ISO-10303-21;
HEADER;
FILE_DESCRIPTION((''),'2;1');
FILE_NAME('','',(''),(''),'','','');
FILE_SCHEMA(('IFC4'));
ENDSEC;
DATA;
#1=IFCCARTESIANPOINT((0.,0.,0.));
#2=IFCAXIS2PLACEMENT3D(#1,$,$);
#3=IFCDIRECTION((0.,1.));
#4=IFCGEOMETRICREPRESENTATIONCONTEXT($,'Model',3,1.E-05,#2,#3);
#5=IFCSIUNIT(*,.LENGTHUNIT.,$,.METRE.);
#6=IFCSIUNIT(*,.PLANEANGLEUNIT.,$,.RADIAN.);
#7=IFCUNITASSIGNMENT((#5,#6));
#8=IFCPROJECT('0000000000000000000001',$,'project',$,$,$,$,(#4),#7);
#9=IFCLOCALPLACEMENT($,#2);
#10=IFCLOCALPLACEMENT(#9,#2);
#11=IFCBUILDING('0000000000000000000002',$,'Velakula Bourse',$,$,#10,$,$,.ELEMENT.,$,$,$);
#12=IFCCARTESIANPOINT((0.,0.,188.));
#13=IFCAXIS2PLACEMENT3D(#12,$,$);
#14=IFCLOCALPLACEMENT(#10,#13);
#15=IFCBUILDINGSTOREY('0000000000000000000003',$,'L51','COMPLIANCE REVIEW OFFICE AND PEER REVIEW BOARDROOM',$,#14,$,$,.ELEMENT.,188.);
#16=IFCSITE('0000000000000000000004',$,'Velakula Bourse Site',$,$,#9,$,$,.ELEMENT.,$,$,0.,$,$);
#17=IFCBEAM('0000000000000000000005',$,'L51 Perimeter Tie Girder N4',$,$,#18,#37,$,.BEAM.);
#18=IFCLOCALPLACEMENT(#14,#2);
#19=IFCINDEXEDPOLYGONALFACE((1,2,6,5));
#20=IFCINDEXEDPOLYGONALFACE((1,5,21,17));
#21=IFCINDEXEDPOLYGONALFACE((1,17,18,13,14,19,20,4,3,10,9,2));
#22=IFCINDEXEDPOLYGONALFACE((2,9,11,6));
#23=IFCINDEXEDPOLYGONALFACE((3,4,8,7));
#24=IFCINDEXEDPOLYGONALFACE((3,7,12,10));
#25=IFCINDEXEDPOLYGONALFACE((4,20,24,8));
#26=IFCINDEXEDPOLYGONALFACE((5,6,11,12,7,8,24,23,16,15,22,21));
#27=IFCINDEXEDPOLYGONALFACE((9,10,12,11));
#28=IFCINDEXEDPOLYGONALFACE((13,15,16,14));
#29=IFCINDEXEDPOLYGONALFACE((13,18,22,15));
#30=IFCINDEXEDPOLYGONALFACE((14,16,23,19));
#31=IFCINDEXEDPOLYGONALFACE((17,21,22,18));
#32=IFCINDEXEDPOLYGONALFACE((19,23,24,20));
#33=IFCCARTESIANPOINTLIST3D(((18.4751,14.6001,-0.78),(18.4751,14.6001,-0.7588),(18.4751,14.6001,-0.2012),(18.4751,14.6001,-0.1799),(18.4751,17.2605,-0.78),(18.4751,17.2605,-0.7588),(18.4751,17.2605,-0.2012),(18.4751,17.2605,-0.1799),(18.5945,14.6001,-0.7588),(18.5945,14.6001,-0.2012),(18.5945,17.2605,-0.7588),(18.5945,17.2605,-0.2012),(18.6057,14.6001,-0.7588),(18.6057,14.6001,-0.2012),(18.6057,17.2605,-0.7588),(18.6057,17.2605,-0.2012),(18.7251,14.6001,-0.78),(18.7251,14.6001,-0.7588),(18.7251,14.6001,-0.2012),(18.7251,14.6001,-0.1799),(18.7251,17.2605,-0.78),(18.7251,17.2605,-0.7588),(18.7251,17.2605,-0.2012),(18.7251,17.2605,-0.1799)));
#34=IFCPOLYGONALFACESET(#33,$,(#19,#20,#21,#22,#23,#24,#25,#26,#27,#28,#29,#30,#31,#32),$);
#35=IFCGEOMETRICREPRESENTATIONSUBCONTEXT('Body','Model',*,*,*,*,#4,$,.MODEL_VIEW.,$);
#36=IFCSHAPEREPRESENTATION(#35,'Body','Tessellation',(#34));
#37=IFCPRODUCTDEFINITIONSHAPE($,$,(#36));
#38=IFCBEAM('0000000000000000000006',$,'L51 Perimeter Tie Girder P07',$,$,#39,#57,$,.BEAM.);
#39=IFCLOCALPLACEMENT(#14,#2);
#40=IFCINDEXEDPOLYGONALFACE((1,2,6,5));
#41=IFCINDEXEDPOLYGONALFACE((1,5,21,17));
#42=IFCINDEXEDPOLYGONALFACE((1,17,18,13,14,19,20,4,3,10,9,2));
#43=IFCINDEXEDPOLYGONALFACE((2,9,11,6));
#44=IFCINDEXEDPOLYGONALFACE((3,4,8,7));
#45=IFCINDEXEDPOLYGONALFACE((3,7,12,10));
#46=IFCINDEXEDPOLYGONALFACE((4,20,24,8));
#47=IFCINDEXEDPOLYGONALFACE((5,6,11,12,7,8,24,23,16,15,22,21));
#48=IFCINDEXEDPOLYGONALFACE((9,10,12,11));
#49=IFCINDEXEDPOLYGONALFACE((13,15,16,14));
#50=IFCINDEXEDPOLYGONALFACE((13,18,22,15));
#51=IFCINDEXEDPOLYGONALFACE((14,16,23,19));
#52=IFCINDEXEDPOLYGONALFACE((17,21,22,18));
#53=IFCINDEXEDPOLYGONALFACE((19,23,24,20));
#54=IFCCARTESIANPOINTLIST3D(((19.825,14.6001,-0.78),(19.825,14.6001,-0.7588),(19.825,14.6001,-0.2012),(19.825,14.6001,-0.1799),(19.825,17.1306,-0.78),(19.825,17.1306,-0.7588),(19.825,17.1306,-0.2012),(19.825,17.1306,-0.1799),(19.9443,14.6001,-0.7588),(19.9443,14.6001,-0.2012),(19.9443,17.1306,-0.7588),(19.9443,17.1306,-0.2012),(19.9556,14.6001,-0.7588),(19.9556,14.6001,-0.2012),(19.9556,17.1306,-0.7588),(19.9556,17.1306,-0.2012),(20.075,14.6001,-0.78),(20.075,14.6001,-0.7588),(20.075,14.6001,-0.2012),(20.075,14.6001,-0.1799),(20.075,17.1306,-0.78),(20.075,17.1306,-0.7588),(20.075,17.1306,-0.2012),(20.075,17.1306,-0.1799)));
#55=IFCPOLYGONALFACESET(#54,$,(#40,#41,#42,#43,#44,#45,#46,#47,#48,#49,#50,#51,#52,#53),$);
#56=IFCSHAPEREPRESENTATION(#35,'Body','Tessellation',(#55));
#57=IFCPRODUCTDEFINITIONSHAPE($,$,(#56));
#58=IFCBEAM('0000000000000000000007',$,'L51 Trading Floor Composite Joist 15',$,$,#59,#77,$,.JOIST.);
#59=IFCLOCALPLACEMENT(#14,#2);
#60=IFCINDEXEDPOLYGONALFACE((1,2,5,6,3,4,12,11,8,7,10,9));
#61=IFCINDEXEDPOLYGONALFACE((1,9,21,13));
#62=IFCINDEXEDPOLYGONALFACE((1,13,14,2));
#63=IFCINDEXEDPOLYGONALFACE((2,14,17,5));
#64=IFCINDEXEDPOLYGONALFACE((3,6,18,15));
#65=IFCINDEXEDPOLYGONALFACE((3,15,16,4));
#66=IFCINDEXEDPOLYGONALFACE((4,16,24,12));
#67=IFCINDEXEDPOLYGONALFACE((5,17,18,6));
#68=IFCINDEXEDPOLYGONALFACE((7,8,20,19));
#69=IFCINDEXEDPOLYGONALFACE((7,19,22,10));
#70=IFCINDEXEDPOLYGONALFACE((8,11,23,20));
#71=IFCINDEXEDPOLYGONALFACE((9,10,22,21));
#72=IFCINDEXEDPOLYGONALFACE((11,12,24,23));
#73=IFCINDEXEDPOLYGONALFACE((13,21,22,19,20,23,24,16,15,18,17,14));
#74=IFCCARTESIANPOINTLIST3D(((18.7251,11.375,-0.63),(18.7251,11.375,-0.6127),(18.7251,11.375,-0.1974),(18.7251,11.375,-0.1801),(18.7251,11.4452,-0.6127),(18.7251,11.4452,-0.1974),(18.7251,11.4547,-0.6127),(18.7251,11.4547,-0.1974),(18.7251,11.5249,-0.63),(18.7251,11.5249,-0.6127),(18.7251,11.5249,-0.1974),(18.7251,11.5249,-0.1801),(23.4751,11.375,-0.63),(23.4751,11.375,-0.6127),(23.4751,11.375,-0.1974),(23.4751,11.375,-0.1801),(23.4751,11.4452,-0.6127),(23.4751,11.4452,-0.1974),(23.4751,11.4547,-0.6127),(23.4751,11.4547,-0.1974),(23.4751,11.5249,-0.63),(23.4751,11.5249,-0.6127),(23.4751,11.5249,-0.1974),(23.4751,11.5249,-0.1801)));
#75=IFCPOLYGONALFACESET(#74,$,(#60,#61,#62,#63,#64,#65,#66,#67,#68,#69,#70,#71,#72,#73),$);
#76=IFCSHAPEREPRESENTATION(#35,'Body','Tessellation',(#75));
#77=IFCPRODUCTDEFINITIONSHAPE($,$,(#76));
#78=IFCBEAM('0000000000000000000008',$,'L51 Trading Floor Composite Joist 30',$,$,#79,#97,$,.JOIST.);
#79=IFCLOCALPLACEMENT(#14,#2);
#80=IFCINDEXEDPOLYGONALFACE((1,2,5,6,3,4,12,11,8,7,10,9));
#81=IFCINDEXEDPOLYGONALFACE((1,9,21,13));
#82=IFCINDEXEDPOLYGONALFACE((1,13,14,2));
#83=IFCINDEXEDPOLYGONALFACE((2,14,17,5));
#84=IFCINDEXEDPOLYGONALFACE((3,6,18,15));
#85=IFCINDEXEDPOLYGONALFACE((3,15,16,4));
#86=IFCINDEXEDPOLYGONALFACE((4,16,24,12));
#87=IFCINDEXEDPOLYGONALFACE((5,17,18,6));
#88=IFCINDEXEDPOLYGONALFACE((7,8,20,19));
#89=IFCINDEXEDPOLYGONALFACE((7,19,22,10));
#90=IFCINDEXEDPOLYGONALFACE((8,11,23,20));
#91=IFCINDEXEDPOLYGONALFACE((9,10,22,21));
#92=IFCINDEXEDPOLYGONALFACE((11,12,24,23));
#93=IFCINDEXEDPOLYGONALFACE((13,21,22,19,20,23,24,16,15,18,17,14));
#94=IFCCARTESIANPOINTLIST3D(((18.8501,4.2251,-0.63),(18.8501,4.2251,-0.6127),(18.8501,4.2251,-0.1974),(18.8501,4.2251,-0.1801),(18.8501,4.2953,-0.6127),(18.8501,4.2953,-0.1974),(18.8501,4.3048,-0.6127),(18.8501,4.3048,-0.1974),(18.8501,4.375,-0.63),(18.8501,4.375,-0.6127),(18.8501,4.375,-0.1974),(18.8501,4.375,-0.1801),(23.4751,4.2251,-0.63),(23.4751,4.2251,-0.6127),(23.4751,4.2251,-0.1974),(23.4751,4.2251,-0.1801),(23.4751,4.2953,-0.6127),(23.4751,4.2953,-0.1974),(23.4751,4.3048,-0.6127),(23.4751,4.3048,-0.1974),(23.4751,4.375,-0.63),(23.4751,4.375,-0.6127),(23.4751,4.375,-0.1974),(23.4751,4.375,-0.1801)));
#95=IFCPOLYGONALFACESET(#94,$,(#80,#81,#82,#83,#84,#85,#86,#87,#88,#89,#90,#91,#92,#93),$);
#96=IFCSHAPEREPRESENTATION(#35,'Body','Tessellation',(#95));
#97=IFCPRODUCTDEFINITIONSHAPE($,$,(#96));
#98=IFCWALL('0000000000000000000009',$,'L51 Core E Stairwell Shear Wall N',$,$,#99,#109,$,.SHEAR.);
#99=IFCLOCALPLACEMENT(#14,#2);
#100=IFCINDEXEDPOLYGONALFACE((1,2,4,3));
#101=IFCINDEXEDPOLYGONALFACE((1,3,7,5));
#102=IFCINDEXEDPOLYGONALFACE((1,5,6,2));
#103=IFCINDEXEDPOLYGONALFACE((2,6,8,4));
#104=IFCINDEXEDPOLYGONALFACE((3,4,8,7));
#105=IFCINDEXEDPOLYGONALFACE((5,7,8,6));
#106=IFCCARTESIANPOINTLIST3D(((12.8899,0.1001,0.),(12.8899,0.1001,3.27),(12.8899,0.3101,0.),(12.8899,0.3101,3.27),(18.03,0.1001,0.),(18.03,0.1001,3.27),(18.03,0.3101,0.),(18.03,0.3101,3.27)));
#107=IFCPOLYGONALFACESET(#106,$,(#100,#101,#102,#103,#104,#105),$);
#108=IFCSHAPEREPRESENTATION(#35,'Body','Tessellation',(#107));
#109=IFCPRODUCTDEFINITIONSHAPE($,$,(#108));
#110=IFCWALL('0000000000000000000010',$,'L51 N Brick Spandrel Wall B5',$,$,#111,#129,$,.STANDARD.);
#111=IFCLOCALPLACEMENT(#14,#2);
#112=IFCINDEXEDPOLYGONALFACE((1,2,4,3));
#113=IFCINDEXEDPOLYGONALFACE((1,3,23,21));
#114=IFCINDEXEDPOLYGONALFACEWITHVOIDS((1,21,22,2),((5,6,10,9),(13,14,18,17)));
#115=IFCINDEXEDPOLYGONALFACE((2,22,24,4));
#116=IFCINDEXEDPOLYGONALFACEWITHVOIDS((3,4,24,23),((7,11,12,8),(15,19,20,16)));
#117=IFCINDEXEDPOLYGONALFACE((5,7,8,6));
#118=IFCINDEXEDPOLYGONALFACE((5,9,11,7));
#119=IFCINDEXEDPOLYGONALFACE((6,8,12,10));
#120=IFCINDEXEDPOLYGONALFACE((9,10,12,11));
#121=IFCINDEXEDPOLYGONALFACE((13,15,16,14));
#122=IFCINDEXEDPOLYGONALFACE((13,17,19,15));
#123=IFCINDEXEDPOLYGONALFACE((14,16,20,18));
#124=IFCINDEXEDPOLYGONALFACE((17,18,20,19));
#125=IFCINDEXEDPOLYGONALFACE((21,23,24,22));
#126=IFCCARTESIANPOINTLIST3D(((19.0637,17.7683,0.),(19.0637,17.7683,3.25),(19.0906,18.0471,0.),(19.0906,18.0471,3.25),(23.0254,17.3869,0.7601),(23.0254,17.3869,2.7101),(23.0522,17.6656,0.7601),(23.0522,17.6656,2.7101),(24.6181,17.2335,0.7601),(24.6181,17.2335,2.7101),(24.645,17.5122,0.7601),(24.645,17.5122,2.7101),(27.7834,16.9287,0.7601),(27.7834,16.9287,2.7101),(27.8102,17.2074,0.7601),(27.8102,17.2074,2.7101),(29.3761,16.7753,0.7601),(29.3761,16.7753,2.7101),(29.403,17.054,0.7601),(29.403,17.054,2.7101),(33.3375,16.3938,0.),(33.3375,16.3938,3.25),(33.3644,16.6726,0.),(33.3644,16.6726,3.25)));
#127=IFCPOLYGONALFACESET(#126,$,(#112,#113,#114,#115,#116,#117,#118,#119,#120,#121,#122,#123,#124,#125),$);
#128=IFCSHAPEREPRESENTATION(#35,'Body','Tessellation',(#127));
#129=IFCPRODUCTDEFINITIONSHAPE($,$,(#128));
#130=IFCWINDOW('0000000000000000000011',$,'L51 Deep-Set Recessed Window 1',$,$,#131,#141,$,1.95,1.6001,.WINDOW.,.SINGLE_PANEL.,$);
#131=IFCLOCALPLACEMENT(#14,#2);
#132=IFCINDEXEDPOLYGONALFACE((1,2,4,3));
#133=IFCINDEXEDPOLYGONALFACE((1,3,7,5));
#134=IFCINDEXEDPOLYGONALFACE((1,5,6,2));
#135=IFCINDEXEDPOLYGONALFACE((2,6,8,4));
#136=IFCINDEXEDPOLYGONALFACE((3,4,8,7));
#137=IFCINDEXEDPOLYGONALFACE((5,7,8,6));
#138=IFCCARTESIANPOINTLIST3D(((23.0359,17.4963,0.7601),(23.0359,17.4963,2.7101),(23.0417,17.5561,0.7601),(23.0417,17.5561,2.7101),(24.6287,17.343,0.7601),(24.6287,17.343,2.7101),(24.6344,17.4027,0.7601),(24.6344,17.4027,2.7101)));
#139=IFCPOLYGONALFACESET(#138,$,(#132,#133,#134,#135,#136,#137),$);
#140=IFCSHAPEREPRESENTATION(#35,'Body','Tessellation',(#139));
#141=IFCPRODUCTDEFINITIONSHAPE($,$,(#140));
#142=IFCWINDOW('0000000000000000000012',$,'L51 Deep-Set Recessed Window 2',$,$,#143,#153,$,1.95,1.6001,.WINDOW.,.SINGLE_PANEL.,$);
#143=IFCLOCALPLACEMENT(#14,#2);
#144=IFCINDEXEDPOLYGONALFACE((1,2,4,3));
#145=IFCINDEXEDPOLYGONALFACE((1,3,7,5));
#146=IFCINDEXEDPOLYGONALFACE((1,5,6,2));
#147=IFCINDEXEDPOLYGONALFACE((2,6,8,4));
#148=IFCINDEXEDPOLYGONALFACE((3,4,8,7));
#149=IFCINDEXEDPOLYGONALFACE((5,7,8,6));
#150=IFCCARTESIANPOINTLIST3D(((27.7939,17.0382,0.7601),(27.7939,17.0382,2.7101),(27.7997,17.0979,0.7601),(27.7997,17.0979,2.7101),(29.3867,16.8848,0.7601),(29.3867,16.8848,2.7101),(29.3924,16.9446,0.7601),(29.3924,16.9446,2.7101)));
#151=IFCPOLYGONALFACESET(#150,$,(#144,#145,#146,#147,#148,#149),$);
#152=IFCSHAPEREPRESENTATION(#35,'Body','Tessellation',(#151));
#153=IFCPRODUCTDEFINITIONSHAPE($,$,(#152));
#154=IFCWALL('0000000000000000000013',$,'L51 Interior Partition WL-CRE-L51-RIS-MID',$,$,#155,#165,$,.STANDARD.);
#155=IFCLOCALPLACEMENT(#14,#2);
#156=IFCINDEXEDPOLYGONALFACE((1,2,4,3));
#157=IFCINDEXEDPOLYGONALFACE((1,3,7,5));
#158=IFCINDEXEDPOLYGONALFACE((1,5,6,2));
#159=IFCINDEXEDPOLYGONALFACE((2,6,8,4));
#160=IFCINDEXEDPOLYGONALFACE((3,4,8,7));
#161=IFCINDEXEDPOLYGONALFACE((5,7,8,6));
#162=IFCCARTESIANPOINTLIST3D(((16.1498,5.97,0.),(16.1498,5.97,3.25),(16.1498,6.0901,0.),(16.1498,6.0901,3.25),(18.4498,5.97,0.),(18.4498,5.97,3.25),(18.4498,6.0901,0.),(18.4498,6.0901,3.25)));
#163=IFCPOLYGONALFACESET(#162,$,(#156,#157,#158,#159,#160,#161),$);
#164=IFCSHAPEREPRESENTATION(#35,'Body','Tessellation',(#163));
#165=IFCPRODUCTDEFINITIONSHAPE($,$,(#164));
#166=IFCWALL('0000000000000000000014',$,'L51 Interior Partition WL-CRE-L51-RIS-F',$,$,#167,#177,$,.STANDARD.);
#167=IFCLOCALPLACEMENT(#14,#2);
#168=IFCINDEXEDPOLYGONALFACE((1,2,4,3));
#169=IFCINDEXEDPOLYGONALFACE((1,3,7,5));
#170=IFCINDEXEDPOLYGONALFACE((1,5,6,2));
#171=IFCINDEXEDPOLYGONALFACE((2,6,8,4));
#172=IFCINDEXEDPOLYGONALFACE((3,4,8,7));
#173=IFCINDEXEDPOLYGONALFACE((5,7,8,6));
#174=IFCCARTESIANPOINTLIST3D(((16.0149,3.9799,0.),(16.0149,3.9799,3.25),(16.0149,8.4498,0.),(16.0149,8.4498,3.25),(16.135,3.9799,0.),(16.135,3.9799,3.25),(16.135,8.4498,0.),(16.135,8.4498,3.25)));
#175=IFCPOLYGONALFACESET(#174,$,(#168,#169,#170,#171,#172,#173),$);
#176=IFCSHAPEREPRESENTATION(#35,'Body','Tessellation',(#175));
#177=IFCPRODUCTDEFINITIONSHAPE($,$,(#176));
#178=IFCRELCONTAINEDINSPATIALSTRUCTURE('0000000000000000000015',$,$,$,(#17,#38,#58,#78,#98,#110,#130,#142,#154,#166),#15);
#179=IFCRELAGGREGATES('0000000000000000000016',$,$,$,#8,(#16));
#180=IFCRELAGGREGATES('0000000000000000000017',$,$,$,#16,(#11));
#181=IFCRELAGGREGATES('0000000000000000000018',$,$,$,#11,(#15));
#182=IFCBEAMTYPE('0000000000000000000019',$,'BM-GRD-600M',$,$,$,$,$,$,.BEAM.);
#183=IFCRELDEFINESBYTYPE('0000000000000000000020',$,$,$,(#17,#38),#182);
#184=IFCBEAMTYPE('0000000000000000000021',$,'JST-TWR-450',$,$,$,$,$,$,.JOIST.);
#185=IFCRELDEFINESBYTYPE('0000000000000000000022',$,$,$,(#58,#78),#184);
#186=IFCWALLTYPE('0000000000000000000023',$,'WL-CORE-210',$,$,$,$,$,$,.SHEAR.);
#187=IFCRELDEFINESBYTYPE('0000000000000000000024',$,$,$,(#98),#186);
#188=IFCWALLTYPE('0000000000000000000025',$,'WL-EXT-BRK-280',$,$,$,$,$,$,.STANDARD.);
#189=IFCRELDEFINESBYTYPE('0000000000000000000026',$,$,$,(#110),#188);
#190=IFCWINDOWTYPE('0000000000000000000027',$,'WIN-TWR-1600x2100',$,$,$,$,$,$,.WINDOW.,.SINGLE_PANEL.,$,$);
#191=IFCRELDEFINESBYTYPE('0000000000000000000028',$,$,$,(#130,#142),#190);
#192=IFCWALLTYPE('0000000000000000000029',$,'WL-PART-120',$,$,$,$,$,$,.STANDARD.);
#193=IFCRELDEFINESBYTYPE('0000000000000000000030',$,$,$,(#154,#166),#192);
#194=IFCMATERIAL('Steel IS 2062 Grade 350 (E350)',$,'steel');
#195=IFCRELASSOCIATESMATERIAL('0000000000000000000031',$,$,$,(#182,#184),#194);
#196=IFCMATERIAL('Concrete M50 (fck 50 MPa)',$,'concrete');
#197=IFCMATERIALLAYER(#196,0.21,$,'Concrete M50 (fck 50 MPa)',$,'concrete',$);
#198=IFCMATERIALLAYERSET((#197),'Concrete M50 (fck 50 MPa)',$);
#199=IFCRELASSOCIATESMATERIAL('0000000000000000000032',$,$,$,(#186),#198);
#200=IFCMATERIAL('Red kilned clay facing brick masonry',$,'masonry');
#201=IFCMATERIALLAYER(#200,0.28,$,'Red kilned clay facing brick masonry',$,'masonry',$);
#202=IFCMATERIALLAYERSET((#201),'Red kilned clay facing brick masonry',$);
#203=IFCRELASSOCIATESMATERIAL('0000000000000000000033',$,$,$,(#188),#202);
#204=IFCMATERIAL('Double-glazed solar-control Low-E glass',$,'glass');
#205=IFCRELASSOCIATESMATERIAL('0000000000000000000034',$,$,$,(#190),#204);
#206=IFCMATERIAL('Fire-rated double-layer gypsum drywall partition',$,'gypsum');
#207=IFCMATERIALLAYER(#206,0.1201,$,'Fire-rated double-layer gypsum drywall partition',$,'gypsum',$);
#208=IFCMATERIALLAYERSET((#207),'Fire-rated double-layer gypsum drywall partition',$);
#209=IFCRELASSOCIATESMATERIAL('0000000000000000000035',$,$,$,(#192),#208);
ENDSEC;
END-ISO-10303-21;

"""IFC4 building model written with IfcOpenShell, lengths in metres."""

from ifc_helpers import new_model, si_unit, direction, frame, frame_2d, origin, origin_2d, place, context, subcontext, project, spatial, rectangle, i_section, extrude, material, layer, layer_set, material_profile, profile_set, type_object, element, fill, save


model = new_model("IFC4")

# Units and contexts
model_context = context("Model", 3, precision=1e-05, world=origin(), true_north=direction((0.0, 1.0)))
body_context = subcontext(model_context, "Body", "Model", "MODEL_VIEW")
ifc_project = project(units=[si_unit("LENGTHUNIT", "METRE"), si_unit("PLANEANGLEUNIT", "RADIAN")], contexts=[model_context])

# Site, building, storey
site_placement = place(None, origin())
site = spatial("IfcSite", under=ifc_project, at=site_placement, Name="Velakula Bourse Site", CompositionType="ELEMENT", RefElevation=0.0)
building_placement = place(site_placement, origin())
building = spatial("IfcBuilding", under=site, at=building_placement, Name="Velakula Bourse", CompositionType="ELEMENT")
storey_placement = place(building_placement, frame((0.0, 0.0, 188.0)))
storey = spatial("IfcBuildingStorey", under=building, at=storey_placement, Name="L51", Description="COMPLIANCE REVIEW OFFICE AND PEER REVIEW BOARDROOM", CompositionType="ELEMENT", Elevation=188.0)

# Shared definitions
ifc_material_1 = material(Name="Steel IS 2062 Grade 350 (E350)", Category="steel")

# Beams
ifc_material_profile_1 = material_profile(ifc_material_1, i_section(OverallWidth=0.25, OverallDepth=0.6001, WebThickness=0.0112, FlangeThickness=0.0212, at=origin_2d()), Name="Steel IS 2062 Grade 350 (E350)")
ifc_profile_set_1 = profile_set([ifc_material_profile_1], Name="Steel IS 2062 Grade 350 (E350)")
beam_type_1 = type_object("IfcBeamType", Name="BM-GRD-600M", PredefinedType="BEAM", material=ifc_profile_set_1)
beam_1_placement = place(storey_placement, frame((18.6001, 14.6001, -0.48), z_axis=(0.0, 1.0, 0.0), x_axis=(-1.0, 0.0, 0.0)))
element("IfcBeam", 1, at=beam_1_placement, inside=storey, type_object=beam_type_1, Name="L51 Perimeter Tie Girder N4", PredefinedType="BEAM", context=body_context, shape_type="SweptSolid", body=[
    extrude(i_section(OverallWidth=0.25, OverallDepth=0.6001, WebThickness=0.0112, FlangeThickness=0.0212, at=origin_2d()), origin(), (0.0, 0.0, 1.0), 2.6604),
])
beam_2_placement = place(storey_placement, frame((19.95, 14.6001, -0.48), z_axis=(0.0, 1.0, 0.0), x_axis=(-1.0, 0.0, 0.0)))
element("IfcBeam", 2, at=beam_2_placement, inside=storey, type_object=beam_type_1, Name="L51 Perimeter Tie Girder P07", PredefinedType="BEAM", context=body_context, shape_type="SweptSolid", body=[
    extrude(i_section(OverallWidth=0.25, OverallDepth=0.6001, WebThickness=0.0112, FlangeThickness=0.0212, at=origin_2d()), origin(), (0.0, 0.0, 1.0), 2.5305),
])
ifc_material_profile_2 = material_profile(ifc_material_1, i_section(OverallWidth=0.1499, OverallDepth=0.45, WebThickness=0.0095, FlangeThickness=0.0173, at=origin_2d()), Name="Steel IS 2062 Grade 350 (E350)")
ifc_profile_set_2 = profile_set([ifc_material_profile_2], Name="Steel IS 2062 Grade 350 (E350)")
beam_type_2 = type_object("IfcBeamType", Name="JST-TWR-450", PredefinedType="JOIST", material=ifc_profile_set_2)
beam_3_placement = place(storey_placement, frame((18.7251, 11.45, -0.405), z_axis=(1.0, 0.0, 0.0), x_axis=(0.0, 1.0, 0.0)))
element("IfcBeam", 3, at=beam_3_placement, inside=storey, type_object=beam_type_2, Name="L51 Trading Floor Composite Joist 15", PredefinedType="JOIST", context=body_context, shape_type="SweptSolid", body=[
    extrude(i_section(OverallWidth=0.1499, OverallDepth=0.45, WebThickness=0.0095, FlangeThickness=0.0173, at=origin_2d()), origin(), (0.0, 0.0, 1.0), 4.75),
])
beam_4_placement = place(storey_placement, frame((18.8501, 4.3, -0.405), z_axis=(1.0, 0.0, 0.0), x_axis=(0.0, 1.0, 0.0)))
element("IfcBeam", 4, at=beam_4_placement, inside=storey, type_object=beam_type_2, Name="L51 Trading Floor Composite Joist 30", PredefinedType="JOIST", context=body_context, shape_type="SweptSolid", body=[
    extrude(i_section(OverallWidth=0.1499, OverallDepth=0.45, WebThickness=0.0095, FlangeThickness=0.0173, at=origin_2d()), origin(), (0.0, 0.0, 1.0), 4.625),
])

# Wall
ifc_material_2 = material(Name="Concrete M50 (fck 50 MPa)", Category="concrete")
ifc_layer_1 = layer(ifc_material_2, 0.21, Name="Concrete M50 (fck 50 MPa)", Category="concrete")
ifc_layer_set_1 = layer_set([ifc_layer_1], Name="Concrete M50 (fck 50 MPa)")
wall_type_1 = type_object("IfcWallType", Name="WL-CORE-210", PredefinedType="SHEAR", material=ifc_layer_set_1)
wall_1_placement = place(storey_placement, frame((18.03, 0.2051, 0.0), z_axis=(0.0, 0.0, 1.0), x_axis=(-1.0, 0.0, 0.0)))
element("IfcWall", 5, at=wall_1_placement, inside=storey, type_object=wall_type_1, Name="L51 Core E Stairwell Shear Wall N", PredefinedType="SHEAR", context=body_context, shape_type="SweptSolid", body=[
    extrude(rectangle(XDim=5.1401, YDim=0.21, at=frame_2d((2.5701, 0.0))), origin(), (0.0, 0.0, 1.0), 3.27),
])

# Wall, openings, windows
ifc_material_3 = material(Name="Red kilned clay facing brick masonry", Category="masonry")
ifc_layer_2 = layer(ifc_material_3, 0.28, Name="Red kilned clay facing brick masonry", Category="masonry")
ifc_layer_set_2 = layer_set([ifc_layer_2], Name="Red kilned clay facing brick masonry")
wall_type_2 = type_object("IfcWallType", Name="WL-EXT-BRK-280", PredefinedType="STANDARD", material=ifc_layer_set_2)
wall_2_placement = place(storey_placement, frame((19.0771, 17.9077, 0.0), z_axis=(0.0, 0.0, 1.0), x_axis=(0.995396, -0.095852, 0.0)))
wall_2 = element("IfcWall", 6, at=wall_2_placement, inside=storey, type_object=wall_type_2, Name="L51 N Brick Spandrel Wall B5", PredefinedType="STANDARD", context=body_context, shape_type="SweptSolid", body=[
    extrude(rectangle(XDim=14.3398, YDim=0.28, at=frame_2d((7.1699, 0.0))), origin(), (0.0, 0.0, 1.0), 3.25),
])
opening_1_placement = place(wall_2_placement, frame((3.98, 0.0, 0.76)))
opening_1 = element("IfcOpeningElement", 7, at=opening_1_placement, cuts=wall_2, PredefinedType="OPENING", context=body_context, shape_type="SweptSolid", body=[
    extrude(rectangle(XDim=1.6001, YDim=1.95, at=frame_2d((0.8, 0.9751))), frame((0.0, 0.1499, 0.0), z_axis=(0.0, -1.0, 0.0), x_axis=(1.0, 0.0, 0.0)), (0.0, 0.0, 1.0), 0.3),
])
opening_2_placement = place(wall_2_placement, frame((8.76, 0.0, 0.76)))
opening_2 = element("IfcOpeningElement", 8, at=opening_2_placement, cuts=wall_2, PredefinedType="OPENING", context=body_context, shape_type="SweptSolid", body=[
    extrude(rectangle(XDim=1.6001, YDim=1.95, at=frame_2d((0.8, 0.9751))), frame((0.0, 0.1499, 0.0), z_axis=(0.0, -1.0, 0.0), x_axis=(1.0, 0.0, 0.0)), (0.0, 0.0, 1.0), 0.3),
])
ifc_material_4 = material(Name="Double-glazed solar-control Low-E glass", Category="glass")
window_type = type_object("IfcWindowType", Name="WIN-TWR-1600x2100", PartitioningType="SINGLE_PANEL", PredefinedType="WINDOW", material=ifc_material_4)
window_1_placement = place(opening_1_placement, origin())
window_1 = element("IfcWindow", 9, at=window_1_placement, inside=storey, type_object=window_type, Name="L51 Deep-Set Recessed Window 1", OverallHeight=1.95, OverallWidth=1.6001, PartitioningType="SINGLE_PANEL", PredefinedType="WINDOW", context=body_context, shape_type="SweptSolid", body=[
    extrude(rectangle(XDim=1.6001, YDim=1.95, at=frame_2d((0.8, 0.9751))), frame((0.0, 0.03, 0.0), z_axis=(0.0, -1.0, 0.0), x_axis=(1.0, 0.0, 0.0)), (0.0, 0.0, 1.0), 0.0601),
])
fill(opening_1, window_1)
window_2_placement = place(opening_2_placement, origin())
window_2 = element("IfcWindow", 10, at=window_2_placement, inside=storey, type_object=window_type, Name="L51 Deep-Set Recessed Window 2", OverallHeight=1.95, OverallWidth=1.6001, PartitioningType="SINGLE_PANEL", PredefinedType="WINDOW", context=body_context, shape_type="SweptSolid", body=[
    extrude(rectangle(XDim=1.6001, YDim=1.95, at=frame_2d((0.8, 0.9751))), frame((0.0, 0.03, 0.0), z_axis=(0.0, -1.0, 0.0), x_axis=(1.0, 0.0, 0.0)), (0.0, 0.0, 1.0), 0.0601),
])
fill(opening_2, window_2)

# Walls
ifc_material_5 = material(Name="Fire-rated double-layer gypsum drywall partition", Category="gypsum")
ifc_layer_3 = layer(ifc_material_5, 0.1201, Name="Fire-rated double-layer gypsum drywall partition", Category="gypsum")
ifc_layer_set_3 = layer_set([ifc_layer_3], Name="Fire-rated double-layer gypsum drywall partition")
wall_type_3 = type_object("IfcWallType", Name="WL-PART-120", PredefinedType="STANDARD", material=ifc_layer_set_3)
wall_3_placement = place(storey_placement, frame((16.1499, 6.03, 0.0), z_axis=(0.0, 0.0, 1.0), x_axis=(1.0, 0.0, 0.0)))
element("IfcWall", 11, at=wall_3_placement, inside=storey, type_object=wall_type_3, Name="L51 Interior Partition WL-CRE-L51-RIS-MID", PredefinedType="STANDARD", context=body_context, shape_type="SweptSolid", body=[
    extrude(rectangle(XDim=2.3, YDim=0.1201, at=frame_2d((1.1499, 0.0))), origin(), (0.0, 0.0, 1.0), 3.25),
])
wall_4_placement = place(storey_placement, frame((16.075, 3.98, 0.0), z_axis=(0.0, 0.0, 1.0), x_axis=(0.0, 1.0, 0.0)))
element("IfcWall", 12, at=wall_4_placement, inside=storey, type_object=wall_type_3, Name="L51 Interior Partition WL-CRE-L51-RIS-F", PredefinedType="STANDARD", context=body_context, shape_type="SweptSolid", body=[
    extrude(rectangle(XDim=4.47, YDim=0.1201, at=frame_2d((2.2349, 0.0))), origin(), (0.0, 0.0, 1.0), 3.25),
])

save(model, "model.ifc")
